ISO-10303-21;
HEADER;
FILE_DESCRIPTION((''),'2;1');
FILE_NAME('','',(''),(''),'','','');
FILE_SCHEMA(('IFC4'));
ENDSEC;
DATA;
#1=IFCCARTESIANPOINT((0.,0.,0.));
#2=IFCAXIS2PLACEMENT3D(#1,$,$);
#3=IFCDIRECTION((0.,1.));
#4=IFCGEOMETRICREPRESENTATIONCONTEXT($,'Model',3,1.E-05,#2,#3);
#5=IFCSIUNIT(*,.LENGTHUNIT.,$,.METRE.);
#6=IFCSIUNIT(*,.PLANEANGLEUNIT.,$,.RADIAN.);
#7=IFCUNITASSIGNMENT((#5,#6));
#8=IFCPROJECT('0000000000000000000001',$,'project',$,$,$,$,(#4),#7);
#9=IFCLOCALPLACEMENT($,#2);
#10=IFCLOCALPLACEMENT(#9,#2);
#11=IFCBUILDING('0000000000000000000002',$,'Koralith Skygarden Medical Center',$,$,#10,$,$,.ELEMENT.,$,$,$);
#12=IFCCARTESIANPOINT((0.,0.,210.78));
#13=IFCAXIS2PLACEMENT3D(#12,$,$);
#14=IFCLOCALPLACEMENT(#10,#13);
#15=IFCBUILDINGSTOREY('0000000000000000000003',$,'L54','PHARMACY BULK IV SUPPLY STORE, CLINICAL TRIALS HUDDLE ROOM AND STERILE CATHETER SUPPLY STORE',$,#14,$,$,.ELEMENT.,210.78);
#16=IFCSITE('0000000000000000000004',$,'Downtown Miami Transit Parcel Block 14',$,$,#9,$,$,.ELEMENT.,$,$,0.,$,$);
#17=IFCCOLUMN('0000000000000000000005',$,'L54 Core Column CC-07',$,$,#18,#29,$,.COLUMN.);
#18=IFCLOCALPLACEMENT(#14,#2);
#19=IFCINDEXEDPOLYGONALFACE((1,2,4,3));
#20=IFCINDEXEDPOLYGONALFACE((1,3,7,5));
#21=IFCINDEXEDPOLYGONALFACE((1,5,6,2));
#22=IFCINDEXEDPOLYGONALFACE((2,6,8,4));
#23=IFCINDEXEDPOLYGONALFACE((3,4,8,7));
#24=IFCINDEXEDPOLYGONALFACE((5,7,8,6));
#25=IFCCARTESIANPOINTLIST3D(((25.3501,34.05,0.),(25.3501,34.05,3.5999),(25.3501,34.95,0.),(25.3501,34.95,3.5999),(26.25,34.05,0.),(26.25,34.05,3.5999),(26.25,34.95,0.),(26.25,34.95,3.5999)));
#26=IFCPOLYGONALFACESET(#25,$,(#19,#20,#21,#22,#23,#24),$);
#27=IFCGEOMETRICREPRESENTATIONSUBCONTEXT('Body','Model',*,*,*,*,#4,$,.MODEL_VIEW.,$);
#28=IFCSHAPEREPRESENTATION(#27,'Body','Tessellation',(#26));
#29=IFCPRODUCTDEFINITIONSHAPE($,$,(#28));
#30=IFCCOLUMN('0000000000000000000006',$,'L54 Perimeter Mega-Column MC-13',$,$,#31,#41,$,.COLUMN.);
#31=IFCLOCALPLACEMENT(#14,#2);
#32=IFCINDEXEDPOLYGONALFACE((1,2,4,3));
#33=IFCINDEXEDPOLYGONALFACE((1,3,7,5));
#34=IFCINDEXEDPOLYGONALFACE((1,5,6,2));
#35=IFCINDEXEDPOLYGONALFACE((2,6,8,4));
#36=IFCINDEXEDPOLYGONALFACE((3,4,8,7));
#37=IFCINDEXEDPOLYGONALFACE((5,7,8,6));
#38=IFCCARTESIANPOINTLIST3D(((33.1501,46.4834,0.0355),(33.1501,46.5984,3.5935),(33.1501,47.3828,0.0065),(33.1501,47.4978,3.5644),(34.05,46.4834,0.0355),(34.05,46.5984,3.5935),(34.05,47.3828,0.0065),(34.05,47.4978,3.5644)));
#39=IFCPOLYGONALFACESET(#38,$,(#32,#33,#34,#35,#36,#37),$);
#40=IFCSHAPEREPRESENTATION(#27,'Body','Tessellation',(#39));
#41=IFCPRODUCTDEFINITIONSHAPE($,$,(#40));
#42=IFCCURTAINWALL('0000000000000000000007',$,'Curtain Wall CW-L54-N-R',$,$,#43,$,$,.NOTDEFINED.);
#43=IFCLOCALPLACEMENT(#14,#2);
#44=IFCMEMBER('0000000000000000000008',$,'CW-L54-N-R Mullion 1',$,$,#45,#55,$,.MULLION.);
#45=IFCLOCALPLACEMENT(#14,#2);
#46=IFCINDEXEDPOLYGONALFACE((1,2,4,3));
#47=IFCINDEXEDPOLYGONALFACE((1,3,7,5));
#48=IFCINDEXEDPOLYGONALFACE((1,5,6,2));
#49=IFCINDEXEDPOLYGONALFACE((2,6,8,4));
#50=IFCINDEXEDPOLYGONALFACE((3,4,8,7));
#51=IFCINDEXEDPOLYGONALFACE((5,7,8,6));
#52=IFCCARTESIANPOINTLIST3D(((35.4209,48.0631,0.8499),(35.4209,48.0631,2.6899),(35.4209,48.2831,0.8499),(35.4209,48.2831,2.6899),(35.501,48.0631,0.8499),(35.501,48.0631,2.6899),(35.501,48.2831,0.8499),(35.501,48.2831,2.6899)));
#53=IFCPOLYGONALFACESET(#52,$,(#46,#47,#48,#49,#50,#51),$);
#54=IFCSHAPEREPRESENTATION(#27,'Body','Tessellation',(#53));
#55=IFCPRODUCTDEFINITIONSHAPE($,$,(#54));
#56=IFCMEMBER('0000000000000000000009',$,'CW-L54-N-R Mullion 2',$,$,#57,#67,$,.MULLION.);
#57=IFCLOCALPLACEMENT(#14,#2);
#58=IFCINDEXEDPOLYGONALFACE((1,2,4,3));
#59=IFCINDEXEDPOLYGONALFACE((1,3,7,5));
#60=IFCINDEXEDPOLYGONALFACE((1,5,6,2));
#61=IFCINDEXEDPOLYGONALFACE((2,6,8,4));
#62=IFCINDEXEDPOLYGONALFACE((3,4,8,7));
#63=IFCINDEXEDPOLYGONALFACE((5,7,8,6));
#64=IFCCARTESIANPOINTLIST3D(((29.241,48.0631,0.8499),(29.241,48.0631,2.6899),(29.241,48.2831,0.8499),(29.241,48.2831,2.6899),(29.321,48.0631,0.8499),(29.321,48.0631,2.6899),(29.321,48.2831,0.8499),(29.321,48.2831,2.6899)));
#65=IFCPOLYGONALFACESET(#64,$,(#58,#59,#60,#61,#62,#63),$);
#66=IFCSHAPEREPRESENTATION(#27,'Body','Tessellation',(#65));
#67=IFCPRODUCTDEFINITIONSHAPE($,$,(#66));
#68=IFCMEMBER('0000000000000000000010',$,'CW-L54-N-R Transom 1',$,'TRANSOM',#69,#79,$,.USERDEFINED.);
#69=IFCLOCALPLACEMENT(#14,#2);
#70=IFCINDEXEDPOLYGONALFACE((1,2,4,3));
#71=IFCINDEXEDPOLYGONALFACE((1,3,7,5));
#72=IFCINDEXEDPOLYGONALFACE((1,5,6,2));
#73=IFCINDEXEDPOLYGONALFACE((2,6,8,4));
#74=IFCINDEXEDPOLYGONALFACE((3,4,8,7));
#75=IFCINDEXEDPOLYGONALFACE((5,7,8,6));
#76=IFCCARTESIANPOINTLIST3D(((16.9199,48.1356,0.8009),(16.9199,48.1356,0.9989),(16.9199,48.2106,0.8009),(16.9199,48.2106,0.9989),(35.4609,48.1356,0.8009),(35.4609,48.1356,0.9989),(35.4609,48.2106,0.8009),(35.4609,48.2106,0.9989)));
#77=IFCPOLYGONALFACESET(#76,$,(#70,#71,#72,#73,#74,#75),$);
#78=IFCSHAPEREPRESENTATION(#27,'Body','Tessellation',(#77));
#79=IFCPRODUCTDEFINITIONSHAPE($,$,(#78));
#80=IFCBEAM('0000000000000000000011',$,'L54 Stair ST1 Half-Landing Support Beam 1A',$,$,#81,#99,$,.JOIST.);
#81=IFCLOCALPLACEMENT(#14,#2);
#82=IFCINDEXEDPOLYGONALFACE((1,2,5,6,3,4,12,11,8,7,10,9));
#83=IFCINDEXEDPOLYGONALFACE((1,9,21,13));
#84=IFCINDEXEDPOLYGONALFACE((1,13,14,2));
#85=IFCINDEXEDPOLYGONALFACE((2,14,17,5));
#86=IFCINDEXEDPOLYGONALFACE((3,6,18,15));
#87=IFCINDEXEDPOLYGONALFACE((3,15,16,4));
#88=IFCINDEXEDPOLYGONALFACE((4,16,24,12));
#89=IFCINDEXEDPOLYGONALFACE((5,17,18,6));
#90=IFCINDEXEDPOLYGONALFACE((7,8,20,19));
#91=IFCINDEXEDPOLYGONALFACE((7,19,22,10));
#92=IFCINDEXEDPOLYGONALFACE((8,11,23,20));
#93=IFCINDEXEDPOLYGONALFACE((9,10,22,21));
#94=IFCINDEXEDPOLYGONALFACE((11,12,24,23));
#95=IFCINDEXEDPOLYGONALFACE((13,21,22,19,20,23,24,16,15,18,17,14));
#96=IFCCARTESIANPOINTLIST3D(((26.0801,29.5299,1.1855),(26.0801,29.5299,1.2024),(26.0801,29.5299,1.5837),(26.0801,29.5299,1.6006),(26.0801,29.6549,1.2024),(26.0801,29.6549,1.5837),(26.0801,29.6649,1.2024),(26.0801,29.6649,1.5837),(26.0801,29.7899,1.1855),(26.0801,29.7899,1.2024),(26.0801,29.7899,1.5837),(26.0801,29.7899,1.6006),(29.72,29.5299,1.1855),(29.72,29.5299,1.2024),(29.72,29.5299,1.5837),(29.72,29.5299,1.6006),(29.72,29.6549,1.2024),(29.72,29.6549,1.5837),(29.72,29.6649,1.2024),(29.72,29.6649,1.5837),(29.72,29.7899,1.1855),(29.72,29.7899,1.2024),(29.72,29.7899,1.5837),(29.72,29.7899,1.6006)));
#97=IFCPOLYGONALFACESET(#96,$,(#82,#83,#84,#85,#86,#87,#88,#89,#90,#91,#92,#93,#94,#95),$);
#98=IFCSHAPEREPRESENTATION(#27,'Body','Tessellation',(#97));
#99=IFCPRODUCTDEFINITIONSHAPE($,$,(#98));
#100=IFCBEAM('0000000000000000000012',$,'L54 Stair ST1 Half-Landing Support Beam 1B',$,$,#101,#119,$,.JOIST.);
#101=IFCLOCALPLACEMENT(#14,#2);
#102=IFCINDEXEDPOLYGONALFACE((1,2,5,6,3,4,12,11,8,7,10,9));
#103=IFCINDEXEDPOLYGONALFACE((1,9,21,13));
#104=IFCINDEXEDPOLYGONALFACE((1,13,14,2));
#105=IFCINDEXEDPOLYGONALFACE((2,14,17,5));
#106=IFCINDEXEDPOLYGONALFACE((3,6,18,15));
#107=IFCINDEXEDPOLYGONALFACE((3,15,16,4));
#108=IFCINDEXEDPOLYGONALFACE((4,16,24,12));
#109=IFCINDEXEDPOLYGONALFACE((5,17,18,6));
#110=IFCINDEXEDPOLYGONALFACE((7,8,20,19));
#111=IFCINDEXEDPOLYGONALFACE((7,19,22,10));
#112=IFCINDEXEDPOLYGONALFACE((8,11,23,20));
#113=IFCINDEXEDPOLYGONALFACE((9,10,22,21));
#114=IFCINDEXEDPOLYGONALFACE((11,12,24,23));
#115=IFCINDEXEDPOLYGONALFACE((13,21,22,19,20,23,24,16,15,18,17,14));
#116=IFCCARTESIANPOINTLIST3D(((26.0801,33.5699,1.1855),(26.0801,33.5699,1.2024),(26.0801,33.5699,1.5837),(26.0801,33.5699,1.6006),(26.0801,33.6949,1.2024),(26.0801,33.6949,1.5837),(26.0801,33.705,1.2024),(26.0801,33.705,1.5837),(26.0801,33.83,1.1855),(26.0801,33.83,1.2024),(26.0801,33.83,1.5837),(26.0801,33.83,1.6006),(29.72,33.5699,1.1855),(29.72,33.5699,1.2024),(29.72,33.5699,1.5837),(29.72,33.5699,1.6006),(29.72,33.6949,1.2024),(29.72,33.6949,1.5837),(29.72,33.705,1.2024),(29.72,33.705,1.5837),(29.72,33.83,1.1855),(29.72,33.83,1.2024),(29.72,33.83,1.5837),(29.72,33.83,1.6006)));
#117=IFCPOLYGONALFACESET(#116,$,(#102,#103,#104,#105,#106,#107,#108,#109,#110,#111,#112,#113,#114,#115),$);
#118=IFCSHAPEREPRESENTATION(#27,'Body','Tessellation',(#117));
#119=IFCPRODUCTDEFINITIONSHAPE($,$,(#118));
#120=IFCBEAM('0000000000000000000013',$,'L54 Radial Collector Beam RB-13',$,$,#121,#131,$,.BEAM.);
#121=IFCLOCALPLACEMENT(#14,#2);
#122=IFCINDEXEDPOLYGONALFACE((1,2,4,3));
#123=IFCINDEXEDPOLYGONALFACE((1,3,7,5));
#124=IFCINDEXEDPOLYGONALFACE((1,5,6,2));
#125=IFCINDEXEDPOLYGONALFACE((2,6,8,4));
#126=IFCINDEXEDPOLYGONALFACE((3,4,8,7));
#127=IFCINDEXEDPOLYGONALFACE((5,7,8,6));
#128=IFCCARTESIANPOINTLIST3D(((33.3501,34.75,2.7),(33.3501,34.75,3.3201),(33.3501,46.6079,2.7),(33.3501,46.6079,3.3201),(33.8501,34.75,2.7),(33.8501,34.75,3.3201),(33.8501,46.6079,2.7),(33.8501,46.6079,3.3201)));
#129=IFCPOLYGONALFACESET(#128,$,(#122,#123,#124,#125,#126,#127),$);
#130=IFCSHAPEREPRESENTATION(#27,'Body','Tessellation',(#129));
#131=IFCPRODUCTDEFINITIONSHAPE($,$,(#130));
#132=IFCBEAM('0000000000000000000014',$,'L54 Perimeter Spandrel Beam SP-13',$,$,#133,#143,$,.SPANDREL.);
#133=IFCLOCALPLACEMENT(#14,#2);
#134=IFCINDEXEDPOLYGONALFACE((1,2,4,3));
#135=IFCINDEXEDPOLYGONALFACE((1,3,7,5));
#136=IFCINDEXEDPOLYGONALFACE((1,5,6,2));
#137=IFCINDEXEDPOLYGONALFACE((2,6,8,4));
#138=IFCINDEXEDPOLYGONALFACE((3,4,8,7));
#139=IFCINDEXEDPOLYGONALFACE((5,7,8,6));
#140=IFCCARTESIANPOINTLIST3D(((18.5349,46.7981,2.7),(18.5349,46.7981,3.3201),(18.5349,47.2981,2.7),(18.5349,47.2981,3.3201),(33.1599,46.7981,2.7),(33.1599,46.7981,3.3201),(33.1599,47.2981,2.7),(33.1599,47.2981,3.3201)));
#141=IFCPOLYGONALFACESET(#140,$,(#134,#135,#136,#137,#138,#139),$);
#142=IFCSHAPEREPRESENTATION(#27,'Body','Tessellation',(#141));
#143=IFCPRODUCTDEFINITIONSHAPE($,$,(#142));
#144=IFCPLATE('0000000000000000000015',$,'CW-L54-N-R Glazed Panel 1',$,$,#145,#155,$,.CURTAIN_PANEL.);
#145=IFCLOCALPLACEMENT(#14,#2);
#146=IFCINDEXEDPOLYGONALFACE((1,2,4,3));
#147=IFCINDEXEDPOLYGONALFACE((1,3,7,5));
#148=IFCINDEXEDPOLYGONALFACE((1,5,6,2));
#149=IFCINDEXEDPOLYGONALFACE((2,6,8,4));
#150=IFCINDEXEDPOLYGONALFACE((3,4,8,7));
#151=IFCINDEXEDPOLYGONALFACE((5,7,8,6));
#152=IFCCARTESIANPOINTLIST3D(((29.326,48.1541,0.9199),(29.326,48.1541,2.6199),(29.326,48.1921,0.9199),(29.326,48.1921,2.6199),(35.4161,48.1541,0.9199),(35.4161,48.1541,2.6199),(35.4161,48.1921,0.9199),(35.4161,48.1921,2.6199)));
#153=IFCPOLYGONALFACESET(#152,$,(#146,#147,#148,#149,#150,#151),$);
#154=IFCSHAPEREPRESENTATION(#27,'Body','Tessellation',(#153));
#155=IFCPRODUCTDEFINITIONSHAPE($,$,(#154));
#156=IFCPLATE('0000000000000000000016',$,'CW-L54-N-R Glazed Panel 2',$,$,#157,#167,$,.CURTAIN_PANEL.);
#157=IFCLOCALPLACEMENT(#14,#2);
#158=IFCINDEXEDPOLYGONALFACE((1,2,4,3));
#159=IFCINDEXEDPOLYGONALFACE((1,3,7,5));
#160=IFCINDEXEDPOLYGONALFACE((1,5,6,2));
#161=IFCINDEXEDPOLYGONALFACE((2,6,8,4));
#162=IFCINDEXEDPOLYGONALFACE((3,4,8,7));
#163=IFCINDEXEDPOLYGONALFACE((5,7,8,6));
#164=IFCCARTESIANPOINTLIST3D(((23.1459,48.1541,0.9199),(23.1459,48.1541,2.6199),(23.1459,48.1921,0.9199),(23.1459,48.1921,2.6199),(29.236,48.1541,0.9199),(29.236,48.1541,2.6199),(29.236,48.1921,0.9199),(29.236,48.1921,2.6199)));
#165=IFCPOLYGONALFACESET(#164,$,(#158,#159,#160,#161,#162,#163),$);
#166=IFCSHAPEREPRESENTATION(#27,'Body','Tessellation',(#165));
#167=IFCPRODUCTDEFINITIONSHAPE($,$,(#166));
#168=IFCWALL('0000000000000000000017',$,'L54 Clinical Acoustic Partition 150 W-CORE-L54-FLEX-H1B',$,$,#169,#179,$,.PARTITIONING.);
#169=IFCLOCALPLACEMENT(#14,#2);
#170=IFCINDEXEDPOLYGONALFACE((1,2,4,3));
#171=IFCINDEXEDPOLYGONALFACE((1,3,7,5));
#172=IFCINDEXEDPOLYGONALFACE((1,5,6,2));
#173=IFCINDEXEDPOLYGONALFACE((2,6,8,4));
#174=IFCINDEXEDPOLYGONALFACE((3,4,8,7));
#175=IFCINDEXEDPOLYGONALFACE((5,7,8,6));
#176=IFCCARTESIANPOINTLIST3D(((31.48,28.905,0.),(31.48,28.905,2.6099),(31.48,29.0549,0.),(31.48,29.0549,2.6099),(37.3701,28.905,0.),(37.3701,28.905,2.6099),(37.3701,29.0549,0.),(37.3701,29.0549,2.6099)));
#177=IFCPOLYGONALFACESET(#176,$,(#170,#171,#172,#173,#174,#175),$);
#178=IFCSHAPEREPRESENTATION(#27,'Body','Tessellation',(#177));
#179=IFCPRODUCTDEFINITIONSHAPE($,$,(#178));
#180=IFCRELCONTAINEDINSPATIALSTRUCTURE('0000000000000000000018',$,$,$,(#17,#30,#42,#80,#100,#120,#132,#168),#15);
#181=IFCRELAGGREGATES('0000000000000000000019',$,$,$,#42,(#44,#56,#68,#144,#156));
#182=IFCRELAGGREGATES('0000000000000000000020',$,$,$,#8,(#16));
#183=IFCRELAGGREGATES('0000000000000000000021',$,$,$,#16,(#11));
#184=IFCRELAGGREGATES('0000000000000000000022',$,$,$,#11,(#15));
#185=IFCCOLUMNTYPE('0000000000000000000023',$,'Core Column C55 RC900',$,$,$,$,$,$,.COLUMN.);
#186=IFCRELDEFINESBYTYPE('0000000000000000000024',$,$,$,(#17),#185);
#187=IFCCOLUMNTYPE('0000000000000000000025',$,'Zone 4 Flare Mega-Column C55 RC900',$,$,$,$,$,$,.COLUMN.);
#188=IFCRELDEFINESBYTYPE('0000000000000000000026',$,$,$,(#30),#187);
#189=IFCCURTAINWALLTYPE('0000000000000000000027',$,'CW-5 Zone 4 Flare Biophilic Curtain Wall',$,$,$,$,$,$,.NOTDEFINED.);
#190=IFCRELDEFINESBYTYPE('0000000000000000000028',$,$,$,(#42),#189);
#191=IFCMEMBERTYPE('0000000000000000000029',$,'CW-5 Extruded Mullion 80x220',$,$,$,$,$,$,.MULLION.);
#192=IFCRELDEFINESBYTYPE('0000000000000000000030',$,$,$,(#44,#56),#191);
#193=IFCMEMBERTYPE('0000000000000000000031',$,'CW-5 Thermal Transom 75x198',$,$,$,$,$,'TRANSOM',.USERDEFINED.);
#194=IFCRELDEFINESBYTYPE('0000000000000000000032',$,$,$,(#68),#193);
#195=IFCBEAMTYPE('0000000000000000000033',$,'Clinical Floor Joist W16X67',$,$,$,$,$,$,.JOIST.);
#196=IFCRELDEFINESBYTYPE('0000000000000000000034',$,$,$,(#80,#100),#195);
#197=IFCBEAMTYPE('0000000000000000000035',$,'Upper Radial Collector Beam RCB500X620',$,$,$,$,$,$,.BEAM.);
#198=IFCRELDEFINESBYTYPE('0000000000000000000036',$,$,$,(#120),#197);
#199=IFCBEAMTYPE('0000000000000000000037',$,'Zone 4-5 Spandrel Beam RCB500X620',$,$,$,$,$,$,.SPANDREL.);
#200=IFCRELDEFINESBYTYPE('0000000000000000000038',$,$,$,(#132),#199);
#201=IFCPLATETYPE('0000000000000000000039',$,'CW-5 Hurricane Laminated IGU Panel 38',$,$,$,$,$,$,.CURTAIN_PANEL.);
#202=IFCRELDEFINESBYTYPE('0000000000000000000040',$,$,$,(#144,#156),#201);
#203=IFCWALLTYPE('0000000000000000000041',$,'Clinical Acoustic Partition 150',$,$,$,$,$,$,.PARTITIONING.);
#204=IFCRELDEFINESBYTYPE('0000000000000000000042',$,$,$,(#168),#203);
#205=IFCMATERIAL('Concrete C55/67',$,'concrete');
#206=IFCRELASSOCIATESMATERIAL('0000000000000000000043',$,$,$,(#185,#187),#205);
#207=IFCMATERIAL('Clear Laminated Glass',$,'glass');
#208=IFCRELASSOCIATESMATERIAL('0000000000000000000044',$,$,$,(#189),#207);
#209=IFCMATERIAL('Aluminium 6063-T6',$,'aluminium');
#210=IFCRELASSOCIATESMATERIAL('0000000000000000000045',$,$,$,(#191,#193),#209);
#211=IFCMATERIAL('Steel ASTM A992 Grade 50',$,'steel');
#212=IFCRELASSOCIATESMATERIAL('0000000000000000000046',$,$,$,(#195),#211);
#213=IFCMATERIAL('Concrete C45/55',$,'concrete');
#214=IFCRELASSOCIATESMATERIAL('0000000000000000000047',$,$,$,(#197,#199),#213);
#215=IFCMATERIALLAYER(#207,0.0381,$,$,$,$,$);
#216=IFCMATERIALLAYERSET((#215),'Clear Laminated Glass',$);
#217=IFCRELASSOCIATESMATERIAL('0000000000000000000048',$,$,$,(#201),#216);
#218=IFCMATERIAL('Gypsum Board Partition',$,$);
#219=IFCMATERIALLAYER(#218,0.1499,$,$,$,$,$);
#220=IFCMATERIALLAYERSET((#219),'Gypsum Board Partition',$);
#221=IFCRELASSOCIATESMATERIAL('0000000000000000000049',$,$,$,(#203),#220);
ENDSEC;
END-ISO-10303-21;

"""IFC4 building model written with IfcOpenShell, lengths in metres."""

from ifc_helpers import new_model, si_unit, direction, frame, frame_2d, origin, origin_2d, place, context, subcontext, project, spatial, rectangle, i_section, extrude, material, layer, layer_set, material_profile, profile_set, type_object, element, aggregate, save


model = new_model("IFC4")

# Units and contexts
model_context = context("Model", 3, precision=1e-05, world=origin(), true_north=direction((0.0, 1.0)))
body_context = subcontext(model_context, "Body", "Model", "MODEL_VIEW")
ifc_project = project(units=[si_unit("LENGTHUNIT", "METRE"), si_unit("PLANEANGLEUNIT", "RADIAN")], contexts=[model_context])

# Site, building, storey
site_placement = place(None, origin())
site = spatial("IfcSite", under=ifc_project, at=site_placement, Name="Downtown Miami Transit Parcel Block 14", CompositionType="ELEMENT", RefElevation=0.0)
building_placement = place(site_placement, origin())
building = spatial("IfcBuilding", under=site, at=building_placement, Name="Koralith Skygarden Medical Center", CompositionType="ELEMENT")
storey_placement = place(building_placement, frame((0.0, 0.0, 210.78)))
storey = spatial("IfcBuildingStorey", under=building, at=storey_placement, Name="L54", Description="PHARMACY BULK IV SUPPLY STORE, CLINICAL TRIALS HUDDLE ROOM AND STERILE CATHETER SUPPLY STORE", CompositionType="ELEMENT", Elevation=210.78)

# Columns
ifc_material_1 = material(Name="Concrete C55/67", Category="concrete")
ifc_material_profile_1 = material_profile(ifc_material_1, rectangle(XDim=0.8999, YDim=0.8999, at=origin_2d()), Name="RC900X900")
ifc_profile_set_1 = profile_set([ifc_material_profile_1], Name="Concrete C55/67")
column_type_1 = type_object("IfcColumnType", Name="Core Column C55 RC900", PredefinedType="COLUMN", material=ifc_profile_set_1)
column_1_placement = place(storey_placement, frame((25.8, 34.5, 0.0), z_axis=(0.0, 0.0, 1.0), x_axis=(1.0, 0.0, 0.0)))
element("IfcColumn", 1, at=column_1_placement, inside=storey, type_object=column_type_1, Name="L54 Core Column CC-07", PredefinedType="COLUMN", context=body_context, shape_type="SweptSolid", body=[
    extrude(rectangle(XDim=0.8999, YDim=0.8999, at=origin_2d()), origin(), (0.0, 0.0, 1.0), 3.5999),
])
ifc_material_profile_2 = material_profile(ifc_material_1, rectangle(XDim=0.8999, YDim=0.8999, at=origin_2d()), Name="RC900X900")
ifc_profile_set_2 = profile_set([ifc_material_profile_2], Name="Concrete C55/67")
column_type_2 = type_object("IfcColumnType", Name="Zone 4 Flare Mega-Column C55 RC900", PredefinedType="COLUMN", material=ifc_profile_set_2)
column_2_placement = place(storey_placement, frame((33.6001, 46.9331, 0.021), z_axis=(0.0, 0.032303, 0.999478), x_axis=(-1.0, 0.0, 0.0)))
element("IfcColumn", 2, at=column_2_placement, inside=storey, type_object=column_type_2, Name="L54 Perimeter Mega-Column MC-13", PredefinedType="COLUMN", context=body_context, shape_type="SweptSolid", body=[
    extrude(rectangle(XDim=0.8999, YDim=0.8999, at=origin_2d()), origin(), (0.0, 0.0, 1.0), 3.5598),
])

# Curtain wall, members
ifc_material_2 = material(Name="Clear Laminated Glass", Category="glass")
curtain_wall_type = type_object("IfcCurtainWallType", Name="CW-5 Zone 4 Flare Biophilic Curtain Wall", PredefinedType="NOTDEFINED", material=ifc_material_2)
curtain_wall_placement = place(storey_placement, origin())
curtain_wall = element("IfcCurtainWall", 3, at=curtain_wall_placement, inside=storey, type_object=curtain_wall_type, Name="Curtain Wall CW-L54-N-R", PredefinedType="NOTDEFINED")
ifc_material_3 = material(Name="Aluminium 6063-T6", Category="aluminium")
ifc_material_profile_3 = material_profile(ifc_material_3, rectangle(XDim=0.0801, YDim=0.22, at=origin_2d()), Name="MUL80X220")
ifc_profile_set_3 = profile_set([ifc_material_profile_3], Name="Aluminium 6063-T6")
member_type_1 = type_object("IfcMemberType", Name="CW-5 Extruded Mullion 80x220", PredefinedType="MULLION", material=ifc_profile_set_3)
member_1_placement = place(storey_placement, frame((35.4609, 48.1731, 0.8499), z_axis=(0.0, 0.0, 1.0), x_axis=(1.0, 0.0, 0.0)))
member_1 = element("IfcMember", 4, at=member_1_placement, type_object=member_type_1, Name="CW-L54-N-R Mullion 1", PredefinedType="MULLION", context=body_context, shape_type="SweptSolid", body=[
    extrude(rectangle(XDim=0.0801, YDim=0.22, at=origin_2d()), origin(), (0.0, 0.0, 1.0), 1.8401),
])
member_2_placement = place(storey_placement, frame((29.281, 48.1731, 0.8499), z_axis=(0.0, 0.0, 1.0), x_axis=(1.0, 0.0, 0.0)))
member_2 = element("IfcMember", 5, at=member_2_placement, type_object=member_type_1, Name="CW-L54-N-R Mullion 2", PredefinedType="MULLION", context=body_context, shape_type="SweptSolid", body=[
    extrude(rectangle(XDim=0.0801, YDim=0.22, at=origin_2d()), origin(), (0.0, 0.0, 1.0), 1.8401),
])
ifc_material_profile_4 = material_profile(ifc_material_3, rectangle(XDim=0.075, YDim=0.198, at=origin_2d()), Name="TRN75X198")
ifc_profile_set_4 = profile_set([ifc_material_profile_4], Name="Aluminium 6063-T6")
member_type_2 = type_object("IfcMemberType", Name="CW-5 Thermal Transom 75x198", ElementType="TRANSOM", PredefinedType="USERDEFINED", material=ifc_profile_set_4)
member_3_placement = place(storey_placement, frame((35.4609, 48.1731, 0.8999), z_axis=(-1.0, 0.0, 0.0), x_axis=(0.0, -1.0, 0.0)))
member_3 = element("IfcMember", 6, at=member_3_placement, type_object=member_type_2, Name="CW-L54-N-R Transom 1", ObjectType="TRANSOM", PredefinedType="USERDEFINED", context=body_context, shape_type="SweptSolid", body=[
    extrude(rectangle(XDim=0.075, YDim=0.198, at=origin_2d()), origin(), (0.0, 0.0, 1.0), 18.541),
])

# Beams
ifc_material_4 = material(Name="Steel ASTM A992 Grade 50", Category="steel")
ifc_material_profile_5 = material_profile(ifc_material_4, i_section(OverallWidth=0.26, OverallDepth=0.415, WebThickness=0.01, FlangeThickness=0.0168, at=origin_2d()), Name="W16X67")
ifc_profile_set_5 = profile_set([ifc_material_profile_5], Name="Steel ASTM A992 Grade 50")
beam_type_1 = type_object("IfcBeamType", Name="Clinical Floor Joist W16X67", PredefinedType="JOIST", material=ifc_profile_set_5)
for number, where, z_axis, x_axis, name in (
    (7, (26.0801, 29.6599, 1.3931), (1.0, 0.0, 0.0), (0.0, 1.0, 0.0), "L54 Stair ST1 Half-Landing Support Beam 1A"),
    (8, (26.0801, 33.7, 1.3931), (1.0, 0.0, 0.0), (0.0, 1.0, 0.0), "L54 Stair ST1 Half-Landing Support Beam 1B"),
):
    element("IfcBeam", number, at=place(storey_placement, frame(where, z_axis=z_axis, x_axis=x_axis)), inside=storey, type_object=beam_type_1, Name=name, PredefinedType="JOIST", context=body_context, shape_type="SweptSolid", body=[
        extrude(i_section(OverallWidth=0.26, OverallDepth=0.415, WebThickness=0.01, FlangeThickness=0.0168, at=origin_2d()), origin(), (0.0, 0.0, 1.0), 3.6399),
    ])
ifc_material_5 = material(Name="Concrete C45/55", Category="concrete")
ifc_material_profile_6 = material_profile(ifc_material_5, rectangle(XDim=0.5, YDim=0.6201, at=origin_2d()), Name="RCB500X620")
ifc_profile_set_6 = profile_set([ifc_material_profile_6], Name="Concrete C45/55")
beam_type_2 = type_object("IfcBeamType", Name="Upper Radial Collector Beam RCB500X620", PredefinedType="BEAM", material=ifc_profile_set_6)
beam_1_placement = place(storey_placement, frame((33.6001, 34.75, 3.01), z_axis=(0.0, 1.0, 0.0), x_axis=(-1.0, 0.0, 0.0)))
element("IfcBeam", 9, at=beam_1_placement, inside=storey, type_object=beam_type_2, Name="L54 Radial Collector Beam RB-13", PredefinedType="BEAM", context=body_context, shape_type="SweptSolid", body=[
    extrude(rectangle(XDim=0.5, YDim=0.6201, at=origin_2d()), origin(), (0.0, 0.0, 1.0), 11.8579),
])
ifc_material_profile_7 = material_profile(ifc_material_5, rectangle(XDim=0.5, YDim=0.6201, at=origin_2d()), Name="RCB500X620")
ifc_profile_set_7 = profile_set([ifc_material_profile_7], Name="Concrete C45/55")
beam_type_3 = type_object("IfcBeamType", Name="Zone 4-5 Spandrel Beam RCB500X620", PredefinedType="SPANDREL", material=ifc_profile_set_7)
beam_2_placement = place(storey_placement, frame((33.1599, 47.0481, 3.01), z_axis=(-1.0, 0.0, 0.0), x_axis=(0.0, -1.0, 0.0)))
element("IfcBeam", 10, at=beam_2_placement, inside=storey, type_object=beam_type_3, Name="L54 Perimeter Spandrel Beam SP-13", PredefinedType="SPANDREL", context=body_context, shape_type="SweptSolid", body=[
    extrude(rectangle(XDim=0.5, YDim=0.6201, at=origin_2d()), origin(), (0.0, 0.0, 1.0), 14.625),
])

# Plates
ifc_layer_1 = layer(ifc_material_2, 0.0381)
ifc_layer_set_1 = layer_set([ifc_layer_1], Name="Clear Laminated Glass")
plate_type = type_object("IfcPlateType", Name="CW-5 Hurricane Laminated IGU Panel 38", PredefinedType="CURTAIN_PANEL", material=ifc_layer_set_1)
plate_1_placement = place(storey_placement, frame((32.3711, 48.1731, 0.9199), z_axis=(0.0, 0.0, 1.0), x_axis=(-1.0, 0.0, 0.0)))
plate_1 = element("IfcPlate", 11, at=plate_1_placement, type_object=plate_type, Name="CW-L54-N-R Glazed Panel 1", PredefinedType="CURTAIN_PANEL", context=body_context, shape_type="SweptSolid", body=[
    extrude(rectangle(XDim=6.0901, YDim=0.0381, at=origin_2d()), origin(), (0.0, 0.0, 1.0), 1.7),
])
plate_2_placement = place(storey_placement, frame((26.1909, 48.1731, 0.9199), z_axis=(0.0, 0.0, 1.0), x_axis=(-1.0, 0.0, 0.0)))
plate_2 = element("IfcPlate", 12, at=plate_2_placement, type_object=plate_type, Name="CW-L54-N-R Glazed Panel 2", PredefinedType="CURTAIN_PANEL", context=body_context, shape_type="SweptSolid", body=[
    extrude(rectangle(XDim=6.0901, YDim=0.0381, at=origin_2d()), origin(), (0.0, 0.0, 1.0), 1.7),
])
aggregate(curtain_wall, [member_1, member_2, member_3, plate_1, plate_2])

# Wall
ifc_material_6 = material(Name="Gypsum Board Partition")
ifc_layer_2 = layer(ifc_material_6, 0.1499)
ifc_layer_set_2 = layer_set([ifc_layer_2], Name="Gypsum Board Partition")
wall_type_1 = type_object("IfcWallType", Name="Clinical Acoustic Partition 150", PredefinedType="PARTITIONING", material=ifc_layer_set_2)
wall_1_placement = place(storey_placement, frame((31.48, 28.98, 0.0), z_axis=(0.0, 0.0, 1.0), x_axis=(1.0, 0.0, 0.0)))
element("IfcWall", 13, at=wall_1_placement, inside=storey, type_object=wall_type_1, Name="L54 Clinical Acoustic Partition 150 W-CORE-L54-FLEX-H1B", PredefinedType="PARTITIONING", context=body_context, shape_type="SweptSolid", body=[
    extrude(rectangle(XDim=5.8901, YDim=0.1499, at=frame_2d((2.9451, 0.0))), origin(), (0.0, 0.0, 1.0), 2.6099),
])

save(model, "model.ifc")
